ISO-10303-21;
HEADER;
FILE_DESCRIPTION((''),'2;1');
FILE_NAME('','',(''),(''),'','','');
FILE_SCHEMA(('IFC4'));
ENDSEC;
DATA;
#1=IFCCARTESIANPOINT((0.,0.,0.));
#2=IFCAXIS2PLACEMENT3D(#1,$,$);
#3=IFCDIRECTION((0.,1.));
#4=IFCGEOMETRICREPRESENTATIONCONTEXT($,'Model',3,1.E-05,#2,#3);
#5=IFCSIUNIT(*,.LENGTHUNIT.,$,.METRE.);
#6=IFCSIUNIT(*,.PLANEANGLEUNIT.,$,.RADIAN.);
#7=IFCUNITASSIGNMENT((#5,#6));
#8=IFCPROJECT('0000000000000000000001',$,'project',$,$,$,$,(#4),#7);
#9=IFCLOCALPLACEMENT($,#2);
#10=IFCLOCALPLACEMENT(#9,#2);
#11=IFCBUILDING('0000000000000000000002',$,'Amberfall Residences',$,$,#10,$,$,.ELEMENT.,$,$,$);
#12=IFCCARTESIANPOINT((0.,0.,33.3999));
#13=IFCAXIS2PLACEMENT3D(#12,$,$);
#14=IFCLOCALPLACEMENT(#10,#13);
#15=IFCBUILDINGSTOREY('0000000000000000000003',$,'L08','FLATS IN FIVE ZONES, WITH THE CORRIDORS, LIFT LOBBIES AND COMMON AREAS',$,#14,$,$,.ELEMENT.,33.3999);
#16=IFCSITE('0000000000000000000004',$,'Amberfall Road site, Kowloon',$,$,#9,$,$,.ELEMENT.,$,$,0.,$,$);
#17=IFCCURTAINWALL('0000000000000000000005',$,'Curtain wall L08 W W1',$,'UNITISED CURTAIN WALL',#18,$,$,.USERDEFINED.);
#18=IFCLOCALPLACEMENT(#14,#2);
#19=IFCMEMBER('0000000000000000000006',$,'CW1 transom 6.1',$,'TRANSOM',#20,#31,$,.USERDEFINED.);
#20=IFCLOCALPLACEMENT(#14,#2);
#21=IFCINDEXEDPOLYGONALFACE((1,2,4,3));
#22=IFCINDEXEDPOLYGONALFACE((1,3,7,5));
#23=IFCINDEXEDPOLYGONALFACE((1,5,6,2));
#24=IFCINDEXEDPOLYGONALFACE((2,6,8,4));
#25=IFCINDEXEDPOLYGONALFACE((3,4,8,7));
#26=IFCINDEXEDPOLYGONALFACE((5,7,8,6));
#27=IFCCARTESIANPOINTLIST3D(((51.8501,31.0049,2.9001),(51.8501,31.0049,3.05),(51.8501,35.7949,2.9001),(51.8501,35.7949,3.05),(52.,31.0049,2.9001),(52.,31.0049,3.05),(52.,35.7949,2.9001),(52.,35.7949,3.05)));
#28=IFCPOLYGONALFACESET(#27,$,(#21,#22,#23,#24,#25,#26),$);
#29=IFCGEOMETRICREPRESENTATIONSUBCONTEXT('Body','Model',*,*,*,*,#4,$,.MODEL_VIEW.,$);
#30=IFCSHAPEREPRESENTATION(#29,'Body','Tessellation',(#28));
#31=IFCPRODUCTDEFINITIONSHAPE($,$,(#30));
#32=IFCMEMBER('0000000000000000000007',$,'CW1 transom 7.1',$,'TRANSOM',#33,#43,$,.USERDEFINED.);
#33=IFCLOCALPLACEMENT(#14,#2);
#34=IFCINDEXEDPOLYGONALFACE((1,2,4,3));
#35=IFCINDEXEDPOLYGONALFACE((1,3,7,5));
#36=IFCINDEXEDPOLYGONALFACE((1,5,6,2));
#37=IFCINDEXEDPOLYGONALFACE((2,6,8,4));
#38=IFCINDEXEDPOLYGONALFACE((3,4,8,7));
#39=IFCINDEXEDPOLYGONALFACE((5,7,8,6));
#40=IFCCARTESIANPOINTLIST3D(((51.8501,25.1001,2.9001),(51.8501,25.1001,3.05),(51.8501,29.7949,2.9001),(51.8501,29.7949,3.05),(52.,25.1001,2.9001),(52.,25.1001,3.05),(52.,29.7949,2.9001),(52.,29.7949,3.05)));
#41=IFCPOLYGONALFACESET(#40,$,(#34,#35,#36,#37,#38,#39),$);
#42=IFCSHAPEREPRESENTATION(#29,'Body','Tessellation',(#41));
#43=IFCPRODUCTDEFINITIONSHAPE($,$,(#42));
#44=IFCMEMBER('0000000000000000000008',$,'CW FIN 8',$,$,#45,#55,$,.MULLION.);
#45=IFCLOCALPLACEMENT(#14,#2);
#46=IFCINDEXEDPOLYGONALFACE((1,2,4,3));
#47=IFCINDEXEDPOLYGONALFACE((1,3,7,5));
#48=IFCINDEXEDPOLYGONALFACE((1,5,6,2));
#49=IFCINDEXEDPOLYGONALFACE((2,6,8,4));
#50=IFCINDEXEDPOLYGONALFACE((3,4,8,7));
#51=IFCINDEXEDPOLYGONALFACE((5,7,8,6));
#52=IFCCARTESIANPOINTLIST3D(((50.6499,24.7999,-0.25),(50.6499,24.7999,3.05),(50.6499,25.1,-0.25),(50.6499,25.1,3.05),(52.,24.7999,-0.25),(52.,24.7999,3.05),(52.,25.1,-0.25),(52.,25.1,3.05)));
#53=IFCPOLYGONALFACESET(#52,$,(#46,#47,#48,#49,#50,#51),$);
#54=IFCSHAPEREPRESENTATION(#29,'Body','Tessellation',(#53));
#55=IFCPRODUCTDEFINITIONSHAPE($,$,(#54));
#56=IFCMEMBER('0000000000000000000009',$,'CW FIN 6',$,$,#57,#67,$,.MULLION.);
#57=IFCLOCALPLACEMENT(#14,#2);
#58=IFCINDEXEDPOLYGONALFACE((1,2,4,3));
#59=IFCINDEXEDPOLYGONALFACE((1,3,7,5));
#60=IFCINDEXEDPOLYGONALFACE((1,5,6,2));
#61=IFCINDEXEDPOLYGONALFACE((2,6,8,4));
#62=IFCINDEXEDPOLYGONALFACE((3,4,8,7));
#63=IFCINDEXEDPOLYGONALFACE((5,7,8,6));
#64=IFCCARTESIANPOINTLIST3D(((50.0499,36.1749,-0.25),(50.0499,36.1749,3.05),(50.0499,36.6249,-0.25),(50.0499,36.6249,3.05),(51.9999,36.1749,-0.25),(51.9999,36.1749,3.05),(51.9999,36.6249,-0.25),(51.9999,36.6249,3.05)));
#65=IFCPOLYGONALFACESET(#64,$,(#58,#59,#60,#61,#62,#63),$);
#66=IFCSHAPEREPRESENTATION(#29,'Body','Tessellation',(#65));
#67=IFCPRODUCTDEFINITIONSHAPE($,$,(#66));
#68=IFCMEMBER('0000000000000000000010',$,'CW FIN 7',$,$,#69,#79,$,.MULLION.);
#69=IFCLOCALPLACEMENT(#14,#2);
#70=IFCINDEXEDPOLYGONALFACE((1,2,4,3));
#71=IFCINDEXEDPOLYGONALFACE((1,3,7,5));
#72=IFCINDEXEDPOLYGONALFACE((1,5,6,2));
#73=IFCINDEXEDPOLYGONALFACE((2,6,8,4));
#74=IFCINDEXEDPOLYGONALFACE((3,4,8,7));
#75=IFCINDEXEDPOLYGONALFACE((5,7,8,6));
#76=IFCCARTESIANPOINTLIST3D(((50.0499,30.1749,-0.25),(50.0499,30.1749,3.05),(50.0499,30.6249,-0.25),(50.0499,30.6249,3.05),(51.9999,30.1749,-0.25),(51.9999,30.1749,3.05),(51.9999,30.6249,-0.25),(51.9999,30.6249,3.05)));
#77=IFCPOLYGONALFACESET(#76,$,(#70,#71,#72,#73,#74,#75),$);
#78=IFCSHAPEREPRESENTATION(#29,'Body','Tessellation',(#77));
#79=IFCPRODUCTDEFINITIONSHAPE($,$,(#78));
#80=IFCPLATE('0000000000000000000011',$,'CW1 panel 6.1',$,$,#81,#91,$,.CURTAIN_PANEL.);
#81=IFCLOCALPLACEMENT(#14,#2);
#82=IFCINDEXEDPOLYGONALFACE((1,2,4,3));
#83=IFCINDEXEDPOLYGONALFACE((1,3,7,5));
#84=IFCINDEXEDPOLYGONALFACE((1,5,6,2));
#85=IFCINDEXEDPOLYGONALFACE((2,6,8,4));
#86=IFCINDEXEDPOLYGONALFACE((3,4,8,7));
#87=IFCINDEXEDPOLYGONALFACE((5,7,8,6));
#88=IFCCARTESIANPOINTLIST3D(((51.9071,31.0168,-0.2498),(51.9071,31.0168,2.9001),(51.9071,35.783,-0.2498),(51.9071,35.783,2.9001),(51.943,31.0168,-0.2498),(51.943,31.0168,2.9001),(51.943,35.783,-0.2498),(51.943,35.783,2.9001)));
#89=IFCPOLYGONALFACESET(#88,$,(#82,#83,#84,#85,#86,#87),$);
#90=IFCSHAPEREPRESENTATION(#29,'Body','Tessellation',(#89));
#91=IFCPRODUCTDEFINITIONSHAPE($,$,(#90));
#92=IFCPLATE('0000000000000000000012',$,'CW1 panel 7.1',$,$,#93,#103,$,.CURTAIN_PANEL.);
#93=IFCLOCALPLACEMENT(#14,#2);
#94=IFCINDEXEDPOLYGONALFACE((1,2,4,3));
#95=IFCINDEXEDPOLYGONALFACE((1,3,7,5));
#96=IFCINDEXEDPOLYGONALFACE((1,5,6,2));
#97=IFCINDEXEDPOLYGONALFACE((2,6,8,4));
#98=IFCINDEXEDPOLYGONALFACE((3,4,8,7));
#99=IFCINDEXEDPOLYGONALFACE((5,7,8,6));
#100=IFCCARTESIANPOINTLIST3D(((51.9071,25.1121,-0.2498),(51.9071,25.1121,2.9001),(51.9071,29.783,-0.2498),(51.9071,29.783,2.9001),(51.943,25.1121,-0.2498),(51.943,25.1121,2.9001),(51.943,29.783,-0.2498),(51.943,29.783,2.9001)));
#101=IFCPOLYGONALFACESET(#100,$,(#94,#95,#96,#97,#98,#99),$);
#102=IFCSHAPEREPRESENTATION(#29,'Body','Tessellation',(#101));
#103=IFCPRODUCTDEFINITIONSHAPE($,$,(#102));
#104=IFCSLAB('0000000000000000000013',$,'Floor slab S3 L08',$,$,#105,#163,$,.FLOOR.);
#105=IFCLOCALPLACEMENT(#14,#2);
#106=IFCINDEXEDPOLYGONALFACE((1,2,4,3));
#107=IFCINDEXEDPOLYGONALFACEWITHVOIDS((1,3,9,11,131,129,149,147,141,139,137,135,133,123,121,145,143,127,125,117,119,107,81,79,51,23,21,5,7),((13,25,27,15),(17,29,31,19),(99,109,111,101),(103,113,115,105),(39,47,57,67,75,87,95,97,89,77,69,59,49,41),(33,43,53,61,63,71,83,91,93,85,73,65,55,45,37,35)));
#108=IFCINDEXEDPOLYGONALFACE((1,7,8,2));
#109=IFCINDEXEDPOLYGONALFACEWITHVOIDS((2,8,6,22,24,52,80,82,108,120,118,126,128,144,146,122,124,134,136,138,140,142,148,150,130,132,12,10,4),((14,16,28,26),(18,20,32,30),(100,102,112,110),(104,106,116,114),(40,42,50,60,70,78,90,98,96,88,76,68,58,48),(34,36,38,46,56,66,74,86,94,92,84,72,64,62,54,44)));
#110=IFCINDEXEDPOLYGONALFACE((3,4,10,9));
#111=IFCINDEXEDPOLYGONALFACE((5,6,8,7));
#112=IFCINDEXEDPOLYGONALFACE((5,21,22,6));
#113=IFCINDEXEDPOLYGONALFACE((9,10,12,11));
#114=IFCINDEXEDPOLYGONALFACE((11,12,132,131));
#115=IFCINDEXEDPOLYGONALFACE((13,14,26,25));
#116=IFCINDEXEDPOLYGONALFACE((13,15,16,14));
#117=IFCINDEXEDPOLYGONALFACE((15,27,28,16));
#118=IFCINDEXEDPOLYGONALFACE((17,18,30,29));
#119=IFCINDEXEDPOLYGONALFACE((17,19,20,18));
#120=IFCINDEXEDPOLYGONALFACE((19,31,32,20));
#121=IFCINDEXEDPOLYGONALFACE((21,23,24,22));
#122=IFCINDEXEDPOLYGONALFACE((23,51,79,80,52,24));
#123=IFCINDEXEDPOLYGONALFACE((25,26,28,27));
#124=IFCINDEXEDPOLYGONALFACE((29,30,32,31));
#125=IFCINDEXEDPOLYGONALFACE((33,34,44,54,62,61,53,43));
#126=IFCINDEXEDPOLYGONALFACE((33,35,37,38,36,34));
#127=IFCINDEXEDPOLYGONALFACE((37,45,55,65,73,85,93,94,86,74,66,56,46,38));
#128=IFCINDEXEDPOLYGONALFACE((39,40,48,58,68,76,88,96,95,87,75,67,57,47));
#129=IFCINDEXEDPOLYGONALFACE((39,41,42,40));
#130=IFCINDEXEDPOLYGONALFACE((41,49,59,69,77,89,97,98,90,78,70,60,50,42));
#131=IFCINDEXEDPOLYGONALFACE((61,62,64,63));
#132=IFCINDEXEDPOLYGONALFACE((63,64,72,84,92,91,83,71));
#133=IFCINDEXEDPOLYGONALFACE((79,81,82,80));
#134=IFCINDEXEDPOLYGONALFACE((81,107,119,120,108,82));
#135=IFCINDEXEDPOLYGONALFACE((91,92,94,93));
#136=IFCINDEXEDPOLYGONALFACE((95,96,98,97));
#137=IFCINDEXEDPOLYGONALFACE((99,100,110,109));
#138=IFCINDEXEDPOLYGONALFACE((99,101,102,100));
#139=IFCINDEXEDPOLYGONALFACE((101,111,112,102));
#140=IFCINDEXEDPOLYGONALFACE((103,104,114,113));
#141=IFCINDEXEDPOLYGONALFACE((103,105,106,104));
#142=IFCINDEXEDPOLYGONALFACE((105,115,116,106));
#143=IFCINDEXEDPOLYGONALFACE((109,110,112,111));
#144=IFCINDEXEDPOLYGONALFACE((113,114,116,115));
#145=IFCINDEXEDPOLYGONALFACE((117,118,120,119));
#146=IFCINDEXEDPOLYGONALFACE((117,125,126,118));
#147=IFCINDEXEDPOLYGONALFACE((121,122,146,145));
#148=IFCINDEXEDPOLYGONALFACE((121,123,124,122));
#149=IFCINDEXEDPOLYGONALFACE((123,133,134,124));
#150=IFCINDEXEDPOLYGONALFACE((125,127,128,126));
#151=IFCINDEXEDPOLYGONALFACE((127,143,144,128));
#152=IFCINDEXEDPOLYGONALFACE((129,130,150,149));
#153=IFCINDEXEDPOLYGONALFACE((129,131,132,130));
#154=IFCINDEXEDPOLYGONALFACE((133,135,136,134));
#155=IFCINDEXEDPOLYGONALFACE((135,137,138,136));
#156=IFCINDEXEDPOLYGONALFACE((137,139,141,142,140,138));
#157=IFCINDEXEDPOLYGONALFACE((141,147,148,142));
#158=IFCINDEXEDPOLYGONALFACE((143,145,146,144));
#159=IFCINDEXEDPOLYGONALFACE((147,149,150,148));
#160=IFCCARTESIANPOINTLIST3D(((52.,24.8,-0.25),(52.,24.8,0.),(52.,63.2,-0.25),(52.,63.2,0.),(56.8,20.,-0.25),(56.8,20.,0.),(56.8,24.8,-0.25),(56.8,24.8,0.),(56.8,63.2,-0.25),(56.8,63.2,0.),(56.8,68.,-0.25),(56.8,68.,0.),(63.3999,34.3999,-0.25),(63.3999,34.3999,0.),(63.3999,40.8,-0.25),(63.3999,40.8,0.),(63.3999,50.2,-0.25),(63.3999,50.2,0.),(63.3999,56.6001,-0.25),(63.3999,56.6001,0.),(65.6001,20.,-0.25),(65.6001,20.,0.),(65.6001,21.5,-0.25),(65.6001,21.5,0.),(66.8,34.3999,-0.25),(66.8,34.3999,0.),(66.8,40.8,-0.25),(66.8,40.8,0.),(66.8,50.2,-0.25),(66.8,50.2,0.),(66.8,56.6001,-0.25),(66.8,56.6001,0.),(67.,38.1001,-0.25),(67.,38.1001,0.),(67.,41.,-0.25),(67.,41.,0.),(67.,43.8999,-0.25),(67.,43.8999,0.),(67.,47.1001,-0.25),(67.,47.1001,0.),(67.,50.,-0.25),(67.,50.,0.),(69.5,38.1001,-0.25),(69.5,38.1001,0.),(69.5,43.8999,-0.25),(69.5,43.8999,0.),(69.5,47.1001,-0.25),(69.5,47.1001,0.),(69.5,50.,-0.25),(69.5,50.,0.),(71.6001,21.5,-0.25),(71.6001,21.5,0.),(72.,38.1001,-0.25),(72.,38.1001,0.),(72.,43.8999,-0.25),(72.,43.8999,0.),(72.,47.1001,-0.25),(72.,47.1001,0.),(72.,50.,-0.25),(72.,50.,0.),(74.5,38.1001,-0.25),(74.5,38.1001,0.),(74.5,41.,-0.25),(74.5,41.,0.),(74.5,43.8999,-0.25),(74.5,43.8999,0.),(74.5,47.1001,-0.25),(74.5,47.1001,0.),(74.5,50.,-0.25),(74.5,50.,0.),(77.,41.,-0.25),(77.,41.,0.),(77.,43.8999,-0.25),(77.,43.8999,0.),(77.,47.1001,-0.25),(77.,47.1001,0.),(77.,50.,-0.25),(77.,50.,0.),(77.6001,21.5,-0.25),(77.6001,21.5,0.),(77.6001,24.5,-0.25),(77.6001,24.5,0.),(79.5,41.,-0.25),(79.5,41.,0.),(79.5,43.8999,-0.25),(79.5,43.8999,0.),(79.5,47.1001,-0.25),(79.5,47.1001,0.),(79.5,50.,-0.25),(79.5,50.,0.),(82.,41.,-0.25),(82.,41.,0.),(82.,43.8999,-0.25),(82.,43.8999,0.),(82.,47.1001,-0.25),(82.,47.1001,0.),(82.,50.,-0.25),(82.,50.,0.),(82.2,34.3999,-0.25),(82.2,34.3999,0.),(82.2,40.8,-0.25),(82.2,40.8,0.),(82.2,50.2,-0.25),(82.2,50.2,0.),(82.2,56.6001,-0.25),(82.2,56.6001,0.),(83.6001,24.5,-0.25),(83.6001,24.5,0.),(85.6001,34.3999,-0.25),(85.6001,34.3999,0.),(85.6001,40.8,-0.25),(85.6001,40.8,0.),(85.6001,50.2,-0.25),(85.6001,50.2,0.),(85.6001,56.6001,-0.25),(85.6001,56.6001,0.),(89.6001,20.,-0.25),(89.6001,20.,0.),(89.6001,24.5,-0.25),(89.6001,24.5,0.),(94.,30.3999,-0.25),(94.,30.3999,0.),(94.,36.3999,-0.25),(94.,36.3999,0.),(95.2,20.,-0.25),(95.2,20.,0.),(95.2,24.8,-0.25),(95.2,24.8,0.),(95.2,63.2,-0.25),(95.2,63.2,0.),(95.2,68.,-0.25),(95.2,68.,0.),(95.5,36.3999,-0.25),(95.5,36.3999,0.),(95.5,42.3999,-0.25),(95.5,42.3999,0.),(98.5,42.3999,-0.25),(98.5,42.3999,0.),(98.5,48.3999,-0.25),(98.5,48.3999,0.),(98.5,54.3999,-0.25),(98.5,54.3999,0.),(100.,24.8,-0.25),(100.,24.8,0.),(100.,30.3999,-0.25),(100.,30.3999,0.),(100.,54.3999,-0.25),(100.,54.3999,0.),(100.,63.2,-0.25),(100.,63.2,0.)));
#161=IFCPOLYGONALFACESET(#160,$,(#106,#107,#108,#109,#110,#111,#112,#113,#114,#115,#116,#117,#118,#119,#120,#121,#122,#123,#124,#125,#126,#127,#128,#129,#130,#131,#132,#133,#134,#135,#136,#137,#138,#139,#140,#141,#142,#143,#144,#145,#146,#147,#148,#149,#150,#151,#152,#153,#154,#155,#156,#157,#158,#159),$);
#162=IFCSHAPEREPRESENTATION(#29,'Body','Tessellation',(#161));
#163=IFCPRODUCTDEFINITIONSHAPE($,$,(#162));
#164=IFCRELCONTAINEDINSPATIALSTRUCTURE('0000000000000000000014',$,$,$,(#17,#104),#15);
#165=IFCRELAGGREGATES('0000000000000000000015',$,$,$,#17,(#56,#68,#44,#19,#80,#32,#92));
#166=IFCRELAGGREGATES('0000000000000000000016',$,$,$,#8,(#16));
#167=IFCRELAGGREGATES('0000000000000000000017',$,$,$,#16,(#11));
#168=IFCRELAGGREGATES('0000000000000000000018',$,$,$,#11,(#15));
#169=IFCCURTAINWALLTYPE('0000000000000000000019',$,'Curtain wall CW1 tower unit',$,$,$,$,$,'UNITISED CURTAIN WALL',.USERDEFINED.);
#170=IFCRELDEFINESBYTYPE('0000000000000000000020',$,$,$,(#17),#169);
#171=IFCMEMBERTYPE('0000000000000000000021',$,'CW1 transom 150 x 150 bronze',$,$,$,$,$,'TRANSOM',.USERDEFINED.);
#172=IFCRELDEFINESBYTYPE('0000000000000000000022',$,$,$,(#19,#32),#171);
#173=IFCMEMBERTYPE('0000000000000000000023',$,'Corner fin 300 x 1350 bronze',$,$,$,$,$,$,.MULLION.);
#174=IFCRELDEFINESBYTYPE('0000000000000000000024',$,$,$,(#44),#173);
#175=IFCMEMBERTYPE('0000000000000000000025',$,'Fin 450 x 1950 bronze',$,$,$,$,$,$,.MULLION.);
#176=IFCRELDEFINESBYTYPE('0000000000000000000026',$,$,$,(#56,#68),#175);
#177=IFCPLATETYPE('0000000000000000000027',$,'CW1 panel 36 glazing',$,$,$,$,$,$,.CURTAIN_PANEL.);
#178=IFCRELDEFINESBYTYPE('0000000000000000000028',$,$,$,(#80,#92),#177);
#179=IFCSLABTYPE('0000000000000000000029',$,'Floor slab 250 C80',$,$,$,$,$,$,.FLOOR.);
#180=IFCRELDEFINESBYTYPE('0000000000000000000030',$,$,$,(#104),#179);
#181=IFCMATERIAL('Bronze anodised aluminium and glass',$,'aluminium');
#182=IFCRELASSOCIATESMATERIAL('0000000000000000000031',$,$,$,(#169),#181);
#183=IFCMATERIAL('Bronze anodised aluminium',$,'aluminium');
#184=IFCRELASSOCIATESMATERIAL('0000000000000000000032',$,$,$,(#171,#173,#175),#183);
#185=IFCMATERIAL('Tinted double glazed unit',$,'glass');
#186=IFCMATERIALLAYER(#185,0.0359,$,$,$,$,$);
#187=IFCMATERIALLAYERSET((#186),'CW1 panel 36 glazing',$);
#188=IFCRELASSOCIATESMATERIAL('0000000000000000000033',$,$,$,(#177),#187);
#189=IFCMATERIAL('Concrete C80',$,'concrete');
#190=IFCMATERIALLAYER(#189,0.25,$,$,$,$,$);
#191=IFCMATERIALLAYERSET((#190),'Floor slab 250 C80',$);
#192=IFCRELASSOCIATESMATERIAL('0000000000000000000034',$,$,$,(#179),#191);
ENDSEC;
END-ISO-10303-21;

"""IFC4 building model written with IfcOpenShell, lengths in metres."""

from ifc_helpers import new_model, si_unit, direction, frame, origin, origin_2d, place, context, subcontext, project, spatial, polyline, rectangle, outline, extrude, material, layer, layer_set, material_profile, profile_set, type_object, element, aggregate, save


model = new_model("IFC4")

# Units and contexts
model_context = context("Model", 3, precision=1e-05, world=origin(), true_north=direction((0.0, 1.0)))
body_context = subcontext(model_context, "Body", "Model", "MODEL_VIEW")
ifc_project = project(units=[si_unit("LENGTHUNIT", "METRE"), si_unit("PLANEANGLEUNIT", "RADIAN")], contexts=[model_context])

# Site, building, storey
site_placement = place(None, origin())
site = spatial("IfcSite", under=ifc_project, at=site_placement, Name="Amberfall Road site, Kowloon", CompositionType="ELEMENT", RefElevation=0.0)
building_placement = place(site_placement, origin())
building = spatial("IfcBuilding", under=site, at=building_placement, Name="Amberfall Residences", CompositionType="ELEMENT")
storey_placement = place(building_placement, frame((0.0, 0.0, 33.3999)))
storey = spatial("IfcBuildingStorey", under=building, at=storey_placement, Name="L08", Description="FLATS IN FIVE ZONES, WITH THE CORRIDORS, LIFT LOBBIES AND COMMON AREAS", CompositionType="ELEMENT", Elevation=33.3999)

# Curtain wall, members, plates
ifc_material_1 = material(Name="Bronze anodised aluminium and glass", Category="aluminium")
curtain_wall_type = type_object("IfcCurtainWallType", Name="Curtain wall CW1 tower unit", ElementType="UNITISED CURTAIN WALL", PredefinedType="USERDEFINED", material=ifc_material_1)
curtain_wall_placement = place(storey_placement, origin())
curtain_wall = element("IfcCurtainWall", 1, at=curtain_wall_placement, inside=storey, type_object=curtain_wall_type, Name="Curtain wall L08 W W1", ObjectType="UNITISED CURTAIN WALL", PredefinedType="USERDEFINED")
ifc_material_2 = material(Name="Bronze anodised aluminium", Category="aluminium")
ifc_material_profile_1 = material_profile(ifc_material_2, rectangle(XDim=0.1499, YDim=0.1499, at=origin_2d()), Name="CW1 transom 150 x 150 bronze")
ifc_profile_set_1 = profile_set([ifc_material_profile_1], Name="Bronze anodised aluminium")
member_type_1 = type_object("IfcMemberType", Name="CW1 transom 150 x 150 bronze", ElementType="TRANSOM", PredefinedType="USERDEFINED", material=ifc_profile_set_1)
member_1_placement = place(storey_placement, frame((51.925, 35.7949, 2.9751), z_axis=(0.0, -1.0, 0.0), x_axis=(1.0, 0.0, 0.0)))
member_1 = element("IfcMember", 2, at=member_1_placement, type_object=member_type_1, Name="CW1 transom 6.1", ObjectType="TRANSOM", PredefinedType="USERDEFINED", context=body_context, shape_type="SweptSolid", body=[
    extrude(rectangle(XDim=0.1499, YDim=0.1499, at=origin_2d()), origin(), (0.0, 0.0, 1.0), 4.79),
])
member_2_placement = place(storey_placement, frame((51.925, 29.7949, 2.9751), z_axis=(0.0, -1.0, 0.0), x_axis=(1.0, 0.0, 0.0)))
member_2 = element("IfcMember", 3, at=member_2_placement, type_object=member_type_1, Name="CW1 transom 7.1", ObjectType="TRANSOM", PredefinedType="USERDEFINED", context=body_context, shape_type="SweptSolid", body=[
    extrude(rectangle(XDim=0.1499, YDim=0.1499, at=origin_2d()), origin(), (0.0, 0.0, 1.0), 4.6948),
])
ifc_material_profile_2 = material_profile(ifc_material_2, rectangle(XDim=1.3501, YDim=0.3, at=origin_2d()), Name="Corner fin 300 x 1350 bronze")
ifc_profile_set_2 = profile_set([ifc_material_profile_2], Name="Bronze anodised aluminium")
member_type_2 = type_object("IfcMemberType", Name="Corner fin 300 x 1350 bronze", PredefinedType="MULLION", material=ifc_profile_set_2)
member_3_placement = place(storey_placement, frame((51.325, 24.95, -0.25), z_axis=(0.0, 0.0, 1.0), x_axis=(1.0, 0.0, 0.0)))
member_3 = element("IfcMember", 4, at=member_3_placement, type_object=member_type_2, Name="CW FIN 8", PredefinedType="MULLION", context=body_context, shape_type="SweptSolid", body=[
    extrude(rectangle(XDim=1.3501, YDim=0.3, at=origin_2d()), origin(), (0.0, 0.0, 1.0), 3.3),
])
ifc_material_profile_3 = material_profile(ifc_material_2, rectangle(XDim=1.95, YDim=0.45, at=origin_2d()), Name="Fin 450 x 1950 bronze")
ifc_profile_set_3 = profile_set([ifc_material_profile_3], Name="Bronze anodised aluminium")
member_type_3 = type_object("IfcMemberType", Name="Fin 450 x 1950 bronze", PredefinedType="MULLION", material=ifc_profile_set_3)
member_4_placement = place(storey_placement, frame((51.0249, 36.3999, -0.25), z_axis=(0.0, 0.0, 1.0), x_axis=(1.0, 0.0, 0.0)))
member_4 = element("IfcMember", 5, at=member_4_placement, type_object=member_type_3, Name="CW FIN 6", PredefinedType="MULLION", context=body_context, shape_type="SweptSolid", body=[
    extrude(rectangle(XDim=1.95, YDim=0.45, at=origin_2d()), origin(), (0.0, 0.0, 1.0), 3.3),
])
member_5_placement = place(storey_placement, frame((51.0249, 30.3999, -0.25), z_axis=(0.0, 0.0, 1.0), x_axis=(1.0, 0.0, 0.0)))
member_5 = element("IfcMember", 6, at=member_5_placement, type_object=member_type_3, Name="CW FIN 7", PredefinedType="MULLION", context=body_context, shape_type="SweptSolid", body=[
    extrude(rectangle(XDim=1.95, YDim=0.45, at=origin_2d()), origin(), (0.0, 0.0, 1.0), 3.3),
])
ifc_material_3 = material(Name="Tinted double glazed unit", Category="glass")
ifc_layer_1 = layer(ifc_material_3, 0.0359)
ifc_layer_set_1 = layer_set([ifc_layer_1], Name="CW1 panel 36 glazing")
plate_type = type_object("IfcPlateType", Name="CW1 panel 36 glazing", PredefinedType="CURTAIN_PANEL", material=ifc_layer_set_1)
plate_1_placement = place(storey_placement, frame((51.925, 33.3999, -0.2498), z_axis=(0.0, 0.0, 1.0), x_axis=(0.0, -1.0, 0.0)))
plate_1 = element("IfcPlate", 7, at=plate_1_placement, type_object=plate_type, Name="CW1 panel 6.1", PredefinedType="CURTAIN_PANEL", context=body_context, shape_type="SweptSolid", body=[
    extrude(rectangle(XDim=4.7661, YDim=0.0359, at=origin_2d()), origin(), (0.0, 0.0, 1.0), 3.1499),
])
plate_2_placement = place(storey_placement, frame((51.925, 27.4475, -0.2498), z_axis=(0.0, 0.0, 1.0), x_axis=(0.0, -1.0, 0.0)))
plate_2 = element("IfcPlate", 8, at=plate_2_placement, type_object=plate_type, Name="CW1 panel 7.1", PredefinedType="CURTAIN_PANEL", context=body_context, shape_type="SweptSolid", body=[
    extrude(rectangle(XDim=4.6709, YDim=0.0359, at=origin_2d()), origin(), (0.0, 0.0, 1.0), 3.1499),
])
aggregate(curtain_wall, [member_4, member_5, member_3, member_1, plate_1, member_2, plate_2])

# Slab
ifc_material_4 = material(Name="Concrete C80", Category="concrete")
ifc_layer_2 = layer(ifc_material_4, 0.25)
ifc_layer_set_2 = layer_set([ifc_layer_2], Name="Floor slab 250 C80")
slab_type_1 = type_object("IfcSlabType", Name="Floor slab 250 C80", PredefinedType="FLOOR", material=ifc_layer_set_2)
slab_1_placement = place(storey_placement, frame((0.0, 0.0, -0.25)))
element("IfcSlab", 9, at=slab_1_placement, inside=storey, type_object=slab_type_1, Name="Floor slab S3 L08", PredefinedType="FLOOR", context=body_context, shape_type="SweptSolid", body=[
    extrude(outline(polyline([(89.6001, 20.0), (89.6001, 24.5), (83.6001, 24.5), (77.6001, 24.5), (77.6001, 21.5), (71.6001, 21.5), (65.6001, 21.5), (65.6001, 20.0), (56.8, 20.0), (56.8, 24.8), (52.0, 24.8), (52.0, 63.2), (56.8, 63.2), (56.8, 68.0), (95.2, 68.0), (95.2, 63.2), (100.0, 63.2), (100.0, 54.3999), (98.5, 54.3999), (98.5, 48.3999), (98.5, 42.3999), (95.5, 42.3999), (95.5, 36.3999), (94.0, 36.3999), (94.0, 30.3999), (100.0, 30.3999), (100.0, 24.8), (95.2, 24.8), (95.2, 20.0), (89.6001, 20.0)]), holes=[polyline([(85.6001, 34.3999), (85.6001, 40.8), (82.2, 40.8), (82.2, 34.3999), (85.6001, 34.3999)]), polyline([(82.2, 50.2), (85.6001, 50.2), (85.6001, 56.6001), (82.2, 56.6001), (82.2, 50.2)]), polyline([(69.5, 50.0), (67.0, 50.0), (67.0, 47.1001), (69.5, 47.1001), (72.0, 47.1001), (74.5, 47.1001), (77.0, 47.1001), (79.5, 47.1001), (82.0, 47.1001), (82.0, 50.0), (79.5, 50.0), (77.0, 50.0), (74.5, 50.0), (72.0, 50.0), (69.5, 50.0)]), polyline([(74.5, 41.0), (77.0, 41.0), (79.5, 41.0), (82.0, 41.0), (82.0, 43.8999), (79.5, 43.8999), (77.0, 43.8999), (74.5, 43.8999), (72.0, 43.8999), (69.5, 43.8999), (67.0, 43.8999), (67.0, 41.0), (67.0, 38.1001), (69.5, 38.1001), (72.0, 38.1001), (74.5, 38.1001), (74.5, 41.0)]), polyline([(66.8, 34.3999), (66.8, 40.8), (63.3999, 40.8), (63.3999, 34.3999), (66.8, 34.3999)]), polyline([(66.8, 50.2), (66.8, 56.6001), (63.3999, 56.6001), (63.3999, 50.2), (66.8, 50.2)])]), origin(), (0.0, 0.0, 1.0), 0.25),
])

save(model, "model.ifc")
